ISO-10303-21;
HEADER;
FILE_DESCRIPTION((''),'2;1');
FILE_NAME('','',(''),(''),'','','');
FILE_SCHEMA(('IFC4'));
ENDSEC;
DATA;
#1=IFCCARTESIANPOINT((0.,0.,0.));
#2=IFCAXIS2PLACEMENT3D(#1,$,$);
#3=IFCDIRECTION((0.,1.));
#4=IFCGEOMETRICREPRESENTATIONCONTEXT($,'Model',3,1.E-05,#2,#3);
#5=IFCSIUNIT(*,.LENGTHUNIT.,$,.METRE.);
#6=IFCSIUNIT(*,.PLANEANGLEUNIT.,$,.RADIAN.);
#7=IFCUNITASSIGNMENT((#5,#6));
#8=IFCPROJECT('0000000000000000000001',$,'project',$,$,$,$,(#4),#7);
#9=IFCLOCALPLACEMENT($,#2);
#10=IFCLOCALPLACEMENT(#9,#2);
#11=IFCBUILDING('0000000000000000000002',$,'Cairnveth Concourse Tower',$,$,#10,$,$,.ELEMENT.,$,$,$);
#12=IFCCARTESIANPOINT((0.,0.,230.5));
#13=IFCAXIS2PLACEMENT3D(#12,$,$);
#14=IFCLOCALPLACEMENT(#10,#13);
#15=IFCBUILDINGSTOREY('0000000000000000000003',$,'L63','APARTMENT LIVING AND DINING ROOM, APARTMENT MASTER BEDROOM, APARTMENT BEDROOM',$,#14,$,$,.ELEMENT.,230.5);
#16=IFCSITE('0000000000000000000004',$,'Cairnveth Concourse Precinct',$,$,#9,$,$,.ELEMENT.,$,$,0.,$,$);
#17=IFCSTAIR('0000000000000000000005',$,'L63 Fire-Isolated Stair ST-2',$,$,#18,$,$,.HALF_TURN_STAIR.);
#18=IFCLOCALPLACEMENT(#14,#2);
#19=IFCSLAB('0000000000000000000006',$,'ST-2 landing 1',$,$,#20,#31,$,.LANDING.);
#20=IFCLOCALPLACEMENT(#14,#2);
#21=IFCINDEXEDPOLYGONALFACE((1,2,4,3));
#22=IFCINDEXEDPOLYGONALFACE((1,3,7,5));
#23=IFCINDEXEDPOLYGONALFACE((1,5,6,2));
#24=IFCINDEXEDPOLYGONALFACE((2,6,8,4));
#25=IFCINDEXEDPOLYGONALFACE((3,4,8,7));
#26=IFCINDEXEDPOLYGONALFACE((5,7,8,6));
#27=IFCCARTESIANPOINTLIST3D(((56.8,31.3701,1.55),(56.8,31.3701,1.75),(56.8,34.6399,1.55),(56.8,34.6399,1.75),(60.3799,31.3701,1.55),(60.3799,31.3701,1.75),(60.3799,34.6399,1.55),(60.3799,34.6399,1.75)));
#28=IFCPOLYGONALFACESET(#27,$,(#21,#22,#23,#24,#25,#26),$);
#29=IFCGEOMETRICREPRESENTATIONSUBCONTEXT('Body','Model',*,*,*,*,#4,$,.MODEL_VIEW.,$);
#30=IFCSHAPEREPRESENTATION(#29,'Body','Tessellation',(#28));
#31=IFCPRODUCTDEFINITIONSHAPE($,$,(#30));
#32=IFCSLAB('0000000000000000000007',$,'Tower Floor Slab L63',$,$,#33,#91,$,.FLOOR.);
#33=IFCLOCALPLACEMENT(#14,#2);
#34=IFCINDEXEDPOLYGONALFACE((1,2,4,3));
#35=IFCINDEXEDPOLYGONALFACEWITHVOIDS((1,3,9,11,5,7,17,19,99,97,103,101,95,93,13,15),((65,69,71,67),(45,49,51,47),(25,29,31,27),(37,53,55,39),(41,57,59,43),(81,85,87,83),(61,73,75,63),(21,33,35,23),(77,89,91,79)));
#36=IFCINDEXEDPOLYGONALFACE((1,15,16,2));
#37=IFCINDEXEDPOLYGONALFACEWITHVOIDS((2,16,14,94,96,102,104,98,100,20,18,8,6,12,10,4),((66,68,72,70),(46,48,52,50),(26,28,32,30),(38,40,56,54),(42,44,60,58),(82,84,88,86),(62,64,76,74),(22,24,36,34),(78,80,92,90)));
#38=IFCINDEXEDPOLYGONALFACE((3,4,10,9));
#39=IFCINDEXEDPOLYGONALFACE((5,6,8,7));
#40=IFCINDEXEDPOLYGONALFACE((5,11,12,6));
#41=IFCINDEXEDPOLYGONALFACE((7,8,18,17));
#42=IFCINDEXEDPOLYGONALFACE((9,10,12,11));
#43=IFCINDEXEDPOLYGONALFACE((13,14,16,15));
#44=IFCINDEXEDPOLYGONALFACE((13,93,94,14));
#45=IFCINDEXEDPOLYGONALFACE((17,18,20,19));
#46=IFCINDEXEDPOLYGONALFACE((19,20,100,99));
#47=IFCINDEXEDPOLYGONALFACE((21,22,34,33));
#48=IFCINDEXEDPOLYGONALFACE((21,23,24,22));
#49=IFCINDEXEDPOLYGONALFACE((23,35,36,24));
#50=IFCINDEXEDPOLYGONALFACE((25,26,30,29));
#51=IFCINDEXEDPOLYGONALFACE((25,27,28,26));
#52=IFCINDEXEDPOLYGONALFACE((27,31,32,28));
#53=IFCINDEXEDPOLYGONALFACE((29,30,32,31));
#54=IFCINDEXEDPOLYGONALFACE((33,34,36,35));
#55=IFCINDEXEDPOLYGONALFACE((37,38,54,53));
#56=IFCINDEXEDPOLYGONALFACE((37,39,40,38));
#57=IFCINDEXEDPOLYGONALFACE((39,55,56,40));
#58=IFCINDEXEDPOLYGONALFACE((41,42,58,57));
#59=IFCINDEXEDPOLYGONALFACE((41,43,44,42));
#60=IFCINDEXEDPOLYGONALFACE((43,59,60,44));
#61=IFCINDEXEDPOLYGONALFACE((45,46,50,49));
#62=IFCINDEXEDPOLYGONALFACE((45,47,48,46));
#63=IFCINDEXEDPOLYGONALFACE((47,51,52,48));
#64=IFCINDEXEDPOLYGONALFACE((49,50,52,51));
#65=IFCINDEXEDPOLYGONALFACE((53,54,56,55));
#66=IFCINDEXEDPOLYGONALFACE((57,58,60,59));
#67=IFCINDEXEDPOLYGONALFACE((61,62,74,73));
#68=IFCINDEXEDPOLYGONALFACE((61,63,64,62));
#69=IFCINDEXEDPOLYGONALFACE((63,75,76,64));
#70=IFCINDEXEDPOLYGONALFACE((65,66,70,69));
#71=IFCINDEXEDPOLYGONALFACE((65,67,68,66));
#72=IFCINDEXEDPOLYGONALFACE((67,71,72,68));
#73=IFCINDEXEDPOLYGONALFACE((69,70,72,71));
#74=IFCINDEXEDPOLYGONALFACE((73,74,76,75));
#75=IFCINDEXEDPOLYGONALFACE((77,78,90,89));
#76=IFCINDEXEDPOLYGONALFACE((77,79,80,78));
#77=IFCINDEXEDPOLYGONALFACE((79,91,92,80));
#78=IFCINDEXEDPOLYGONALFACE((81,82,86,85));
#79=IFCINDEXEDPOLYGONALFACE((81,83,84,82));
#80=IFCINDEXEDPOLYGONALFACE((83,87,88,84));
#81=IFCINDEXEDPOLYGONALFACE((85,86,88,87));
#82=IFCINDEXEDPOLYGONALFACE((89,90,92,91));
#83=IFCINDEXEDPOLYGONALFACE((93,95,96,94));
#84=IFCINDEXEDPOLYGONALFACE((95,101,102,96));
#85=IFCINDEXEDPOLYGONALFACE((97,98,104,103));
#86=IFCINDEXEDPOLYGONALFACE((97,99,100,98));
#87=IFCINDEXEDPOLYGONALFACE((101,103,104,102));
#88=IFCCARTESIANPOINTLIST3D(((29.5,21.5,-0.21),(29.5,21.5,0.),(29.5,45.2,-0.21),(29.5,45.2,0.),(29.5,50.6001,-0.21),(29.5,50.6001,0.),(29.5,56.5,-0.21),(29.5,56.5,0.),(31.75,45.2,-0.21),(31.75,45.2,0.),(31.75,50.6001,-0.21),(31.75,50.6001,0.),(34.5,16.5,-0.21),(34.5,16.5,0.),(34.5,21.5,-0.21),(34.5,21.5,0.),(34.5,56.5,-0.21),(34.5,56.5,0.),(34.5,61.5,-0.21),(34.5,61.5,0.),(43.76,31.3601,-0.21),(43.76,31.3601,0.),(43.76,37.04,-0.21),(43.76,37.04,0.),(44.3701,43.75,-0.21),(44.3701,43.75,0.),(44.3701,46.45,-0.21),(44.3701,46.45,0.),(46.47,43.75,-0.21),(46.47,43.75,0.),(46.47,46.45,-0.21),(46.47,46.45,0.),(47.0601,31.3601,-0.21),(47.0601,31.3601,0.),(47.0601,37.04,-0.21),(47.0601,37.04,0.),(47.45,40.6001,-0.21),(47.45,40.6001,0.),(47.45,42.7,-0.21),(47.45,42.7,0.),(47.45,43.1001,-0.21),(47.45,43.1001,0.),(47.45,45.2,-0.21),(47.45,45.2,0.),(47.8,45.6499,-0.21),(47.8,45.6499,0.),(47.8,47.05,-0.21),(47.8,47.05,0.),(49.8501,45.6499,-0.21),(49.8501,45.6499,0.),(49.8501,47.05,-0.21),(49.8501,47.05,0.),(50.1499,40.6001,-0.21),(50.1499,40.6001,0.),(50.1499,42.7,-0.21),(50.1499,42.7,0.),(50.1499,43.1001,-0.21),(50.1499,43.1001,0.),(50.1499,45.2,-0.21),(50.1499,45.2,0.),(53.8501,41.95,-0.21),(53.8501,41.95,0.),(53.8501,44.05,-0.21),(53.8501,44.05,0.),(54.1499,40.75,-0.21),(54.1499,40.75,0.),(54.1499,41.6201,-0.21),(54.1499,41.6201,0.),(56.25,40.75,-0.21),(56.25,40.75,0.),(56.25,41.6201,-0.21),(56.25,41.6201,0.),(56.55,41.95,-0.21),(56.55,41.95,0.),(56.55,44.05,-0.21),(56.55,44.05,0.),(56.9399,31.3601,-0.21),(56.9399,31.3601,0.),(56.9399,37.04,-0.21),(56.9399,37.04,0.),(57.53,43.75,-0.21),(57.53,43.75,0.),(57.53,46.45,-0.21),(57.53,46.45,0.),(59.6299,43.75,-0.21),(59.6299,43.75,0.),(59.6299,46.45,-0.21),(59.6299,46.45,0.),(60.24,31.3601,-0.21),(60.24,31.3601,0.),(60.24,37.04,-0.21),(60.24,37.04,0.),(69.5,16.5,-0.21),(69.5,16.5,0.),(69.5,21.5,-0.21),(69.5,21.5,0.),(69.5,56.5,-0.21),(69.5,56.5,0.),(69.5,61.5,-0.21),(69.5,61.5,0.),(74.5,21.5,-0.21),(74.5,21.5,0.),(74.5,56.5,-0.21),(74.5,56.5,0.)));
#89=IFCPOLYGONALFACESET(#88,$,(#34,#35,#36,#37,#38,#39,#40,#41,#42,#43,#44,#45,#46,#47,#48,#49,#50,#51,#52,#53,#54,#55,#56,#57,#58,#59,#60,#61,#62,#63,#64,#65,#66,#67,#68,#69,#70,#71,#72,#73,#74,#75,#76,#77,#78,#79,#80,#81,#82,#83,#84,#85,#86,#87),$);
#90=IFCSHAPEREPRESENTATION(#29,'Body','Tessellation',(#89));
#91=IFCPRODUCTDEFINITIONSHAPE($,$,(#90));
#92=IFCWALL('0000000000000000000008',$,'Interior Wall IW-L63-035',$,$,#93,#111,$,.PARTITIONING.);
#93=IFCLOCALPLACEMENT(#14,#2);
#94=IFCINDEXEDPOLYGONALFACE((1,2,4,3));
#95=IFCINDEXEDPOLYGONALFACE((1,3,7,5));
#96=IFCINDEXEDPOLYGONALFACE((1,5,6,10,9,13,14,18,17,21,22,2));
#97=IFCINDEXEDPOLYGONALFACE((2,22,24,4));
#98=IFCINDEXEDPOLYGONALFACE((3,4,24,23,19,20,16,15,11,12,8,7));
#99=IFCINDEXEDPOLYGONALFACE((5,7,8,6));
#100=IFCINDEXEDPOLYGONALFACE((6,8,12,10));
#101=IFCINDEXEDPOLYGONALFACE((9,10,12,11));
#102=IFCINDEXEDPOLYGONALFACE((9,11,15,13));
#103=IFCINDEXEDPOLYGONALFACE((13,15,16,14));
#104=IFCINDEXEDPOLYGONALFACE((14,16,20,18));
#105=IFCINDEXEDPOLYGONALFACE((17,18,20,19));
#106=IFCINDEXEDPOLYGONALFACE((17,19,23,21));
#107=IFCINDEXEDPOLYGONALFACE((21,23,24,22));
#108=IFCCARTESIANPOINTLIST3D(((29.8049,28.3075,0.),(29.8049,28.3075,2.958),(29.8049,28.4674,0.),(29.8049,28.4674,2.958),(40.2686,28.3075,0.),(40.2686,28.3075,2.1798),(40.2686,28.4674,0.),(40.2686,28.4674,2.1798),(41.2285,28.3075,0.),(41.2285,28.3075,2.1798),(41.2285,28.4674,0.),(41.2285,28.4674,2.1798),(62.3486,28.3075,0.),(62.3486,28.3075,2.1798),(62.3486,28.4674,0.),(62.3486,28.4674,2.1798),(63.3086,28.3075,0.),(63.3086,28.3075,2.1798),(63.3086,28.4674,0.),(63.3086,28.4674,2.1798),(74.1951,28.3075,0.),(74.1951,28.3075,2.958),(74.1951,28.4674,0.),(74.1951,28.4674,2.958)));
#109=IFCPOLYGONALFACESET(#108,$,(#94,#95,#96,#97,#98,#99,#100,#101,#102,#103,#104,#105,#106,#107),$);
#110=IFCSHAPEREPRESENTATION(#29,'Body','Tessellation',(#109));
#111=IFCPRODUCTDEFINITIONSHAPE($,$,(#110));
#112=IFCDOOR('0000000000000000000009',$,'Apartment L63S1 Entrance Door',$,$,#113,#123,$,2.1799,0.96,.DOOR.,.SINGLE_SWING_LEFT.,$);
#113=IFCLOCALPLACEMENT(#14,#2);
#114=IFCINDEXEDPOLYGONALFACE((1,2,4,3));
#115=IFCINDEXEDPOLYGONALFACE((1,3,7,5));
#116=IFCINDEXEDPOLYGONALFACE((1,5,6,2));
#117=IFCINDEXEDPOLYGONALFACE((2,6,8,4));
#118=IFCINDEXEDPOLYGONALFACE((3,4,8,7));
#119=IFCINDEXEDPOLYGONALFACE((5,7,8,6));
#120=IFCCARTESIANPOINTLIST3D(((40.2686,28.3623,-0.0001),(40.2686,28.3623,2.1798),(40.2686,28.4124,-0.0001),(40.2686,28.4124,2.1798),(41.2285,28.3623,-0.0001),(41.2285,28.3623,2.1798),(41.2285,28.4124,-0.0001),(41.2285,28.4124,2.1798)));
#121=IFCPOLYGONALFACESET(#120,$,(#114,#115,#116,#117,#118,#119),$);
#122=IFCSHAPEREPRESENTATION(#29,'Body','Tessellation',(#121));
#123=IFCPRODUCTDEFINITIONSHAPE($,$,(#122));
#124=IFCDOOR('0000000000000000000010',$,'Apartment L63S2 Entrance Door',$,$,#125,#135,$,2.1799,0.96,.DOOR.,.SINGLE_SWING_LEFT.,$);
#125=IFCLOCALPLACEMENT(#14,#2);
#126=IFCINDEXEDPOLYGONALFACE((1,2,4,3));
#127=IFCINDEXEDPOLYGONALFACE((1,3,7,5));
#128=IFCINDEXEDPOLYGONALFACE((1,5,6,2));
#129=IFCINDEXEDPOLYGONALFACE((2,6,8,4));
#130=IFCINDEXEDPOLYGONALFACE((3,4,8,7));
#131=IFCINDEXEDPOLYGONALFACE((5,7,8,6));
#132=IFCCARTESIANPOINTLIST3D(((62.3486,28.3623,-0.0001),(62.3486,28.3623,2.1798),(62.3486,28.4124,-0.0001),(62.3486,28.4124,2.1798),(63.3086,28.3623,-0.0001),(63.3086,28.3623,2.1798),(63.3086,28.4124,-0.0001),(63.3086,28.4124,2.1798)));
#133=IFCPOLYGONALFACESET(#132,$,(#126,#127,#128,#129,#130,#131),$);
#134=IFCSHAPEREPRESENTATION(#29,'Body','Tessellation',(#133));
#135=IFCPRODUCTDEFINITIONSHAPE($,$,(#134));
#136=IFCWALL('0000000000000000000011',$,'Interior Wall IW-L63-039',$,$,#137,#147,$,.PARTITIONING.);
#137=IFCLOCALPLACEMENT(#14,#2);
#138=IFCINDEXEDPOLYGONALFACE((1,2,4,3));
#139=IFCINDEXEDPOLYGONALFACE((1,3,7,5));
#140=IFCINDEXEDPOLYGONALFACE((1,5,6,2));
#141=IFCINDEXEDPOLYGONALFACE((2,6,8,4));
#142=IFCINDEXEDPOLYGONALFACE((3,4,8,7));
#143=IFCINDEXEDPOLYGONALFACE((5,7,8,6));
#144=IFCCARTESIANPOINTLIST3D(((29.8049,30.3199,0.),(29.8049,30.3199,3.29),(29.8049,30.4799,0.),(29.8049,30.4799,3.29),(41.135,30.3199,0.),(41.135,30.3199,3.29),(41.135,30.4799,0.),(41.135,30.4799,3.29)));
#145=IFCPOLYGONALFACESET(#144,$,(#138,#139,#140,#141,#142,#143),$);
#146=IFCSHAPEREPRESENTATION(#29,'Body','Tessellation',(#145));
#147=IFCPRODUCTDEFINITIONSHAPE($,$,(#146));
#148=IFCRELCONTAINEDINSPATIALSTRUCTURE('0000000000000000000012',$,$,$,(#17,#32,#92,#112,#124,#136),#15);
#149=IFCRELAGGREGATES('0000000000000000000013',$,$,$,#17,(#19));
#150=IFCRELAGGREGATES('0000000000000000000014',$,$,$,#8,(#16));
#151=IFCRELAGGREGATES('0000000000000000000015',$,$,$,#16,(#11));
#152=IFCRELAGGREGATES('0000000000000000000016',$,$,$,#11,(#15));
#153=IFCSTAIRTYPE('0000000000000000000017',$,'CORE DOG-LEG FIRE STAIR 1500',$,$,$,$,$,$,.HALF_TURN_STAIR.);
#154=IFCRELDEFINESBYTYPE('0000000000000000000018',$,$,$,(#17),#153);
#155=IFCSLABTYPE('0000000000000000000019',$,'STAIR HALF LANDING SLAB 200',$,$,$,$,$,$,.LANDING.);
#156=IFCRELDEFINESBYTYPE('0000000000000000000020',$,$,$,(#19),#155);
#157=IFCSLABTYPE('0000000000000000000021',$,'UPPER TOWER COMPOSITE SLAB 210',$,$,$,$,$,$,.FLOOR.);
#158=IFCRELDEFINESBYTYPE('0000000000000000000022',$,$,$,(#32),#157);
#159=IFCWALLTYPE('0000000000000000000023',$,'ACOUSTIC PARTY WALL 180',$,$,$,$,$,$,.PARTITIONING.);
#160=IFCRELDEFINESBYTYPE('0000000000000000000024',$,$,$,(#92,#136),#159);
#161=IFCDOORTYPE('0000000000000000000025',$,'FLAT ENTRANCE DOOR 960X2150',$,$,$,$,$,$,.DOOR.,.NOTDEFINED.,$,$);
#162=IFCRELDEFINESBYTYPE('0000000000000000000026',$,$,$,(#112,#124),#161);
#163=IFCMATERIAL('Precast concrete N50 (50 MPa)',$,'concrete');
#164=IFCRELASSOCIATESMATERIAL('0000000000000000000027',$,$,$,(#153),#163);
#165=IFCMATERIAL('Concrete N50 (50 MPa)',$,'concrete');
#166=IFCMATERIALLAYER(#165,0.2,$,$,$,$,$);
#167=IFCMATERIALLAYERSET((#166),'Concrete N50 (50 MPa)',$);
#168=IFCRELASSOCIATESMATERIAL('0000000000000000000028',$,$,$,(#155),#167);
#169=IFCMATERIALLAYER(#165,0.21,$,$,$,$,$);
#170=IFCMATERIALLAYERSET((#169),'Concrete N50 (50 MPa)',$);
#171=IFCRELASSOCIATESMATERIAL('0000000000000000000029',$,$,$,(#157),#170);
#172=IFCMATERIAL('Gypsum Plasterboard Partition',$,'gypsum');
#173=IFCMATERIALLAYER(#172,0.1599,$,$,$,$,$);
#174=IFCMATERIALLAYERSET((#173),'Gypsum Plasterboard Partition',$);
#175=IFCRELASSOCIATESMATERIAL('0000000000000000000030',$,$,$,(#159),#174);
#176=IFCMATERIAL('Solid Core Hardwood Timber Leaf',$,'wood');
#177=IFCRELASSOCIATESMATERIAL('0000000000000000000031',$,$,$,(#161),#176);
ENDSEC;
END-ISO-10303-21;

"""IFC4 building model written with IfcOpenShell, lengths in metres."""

from ifc_helpers import new_model, si_unit, direction, frame, frame_2d, origin, place, context, subcontext, project, spatial, polyline, rectangle, outline, extrude, material, layer, layer_set, type_object, element, fill, aggregate, save


model = new_model("IFC4")

# Units and contexts
model_context = context("Model", 3, precision=1e-05, world=origin(), true_north=direction((0.0, 1.0)))
body_context = subcontext(model_context, "Body", "Model", "MODEL_VIEW")
ifc_project = project(units=[si_unit("LENGTHUNIT", "METRE"), si_unit("PLANEANGLEUNIT", "RADIAN")], contexts=[model_context])

# Site, building, storey
site_placement = place(None, origin())
site = spatial("IfcSite", under=ifc_project, at=site_placement, Name="Cairnveth Concourse Precinct", CompositionType="ELEMENT", RefElevation=0.0)
building_placement = place(site_placement, origin())
building = spatial("IfcBuilding", under=site, at=building_placement, Name="Cairnveth Concourse Tower", CompositionType="ELEMENT")
storey_placement = place(building_placement, frame((0.0, 0.0, 230.5)))
storey = spatial("IfcBuildingStorey", under=building, at=storey_placement, Name="L63", Description="APARTMENT LIVING AND DINING ROOM, APARTMENT MASTER BEDROOM, APARTMENT BEDROOM", CompositionType="ELEMENT", Elevation=230.5)

# Shared definitions
ifc_material_1 = material(Name="Concrete N50 (50 MPa)", Category="concrete")

# Stair, slab
ifc_material_2 = material(Name="Precast concrete N50 (50 MPa)", Category="concrete")
stair_type = type_object("IfcStairType", Name="CORE DOG-LEG FIRE STAIR 1500", PredefinedType="HALF_TURN_STAIR", material=ifc_material_2)
ifc_layer_1 = layer(ifc_material_1, 0.2)
ifc_layer_set_1 = layer_set([ifc_layer_1], Name="Concrete N50 (50 MPa)")
slab_type_1 = type_object("IfcSlabType", Name="STAIR HALF LANDING SLAB 200", PredefinedType="LANDING", material=ifc_layer_set_1)
stair_1_placement = place(storey_placement, origin())
stair_1 = element("IfcStair", 1, at=stair_1_placement, inside=storey, type_object=stair_type, Name="L63 Fire-Isolated Stair ST-2", PredefinedType="HALF_TURN_STAIR")
slab_1_placement = place(storey_placement, frame((0.0, 0.0, 1.55)))
slab_1 = element("IfcSlab", 2, at=slab_1_placement, type_object=slab_type_1, Name="ST-2 landing 1", PredefinedType="LANDING", context=body_context, shape_type="SweptSolid", body=[
    extrude(outline(polyline([(56.8, 34.6399), (56.8, 31.3701), (60.3799, 31.3701), (60.3799, 34.6399), (56.8, 34.6399)])), origin(), (0.0, 0.0, 1.0), 0.2),
])
aggregate(stair_1, [slab_1])

# Slab
ifc_layer_2 = layer(ifc_material_1, 0.21)
ifc_layer_set_2 = layer_set([ifc_layer_2], Name="Concrete N50 (50 MPa)")
slab_type_2 = type_object("IfcSlabType", Name="UPPER TOWER COMPOSITE SLAB 210", PredefinedType="FLOOR", material=ifc_layer_set_2)
slab_2_placement = place(storey_placement, frame((0.0, 0.0, -0.21)))
element("IfcSlab", 3, at=slab_2_placement, inside=storey, type_object=slab_type_2, Name="Tower Floor Slab L63", PredefinedType="FLOOR", context=body_context, shape_type="SweptSolid", body=[
    extrude(outline(polyline([(29.5, 50.6001), (31.75, 50.6001), (31.75, 45.2), (29.5, 45.2), (29.5, 21.5), (34.5, 21.5), (34.5, 16.5), (69.5, 16.5), (69.5, 21.5), (74.5, 21.5), (74.5, 56.5), (69.5, 56.5), (69.5, 61.5), (34.5, 61.5), (34.5, 56.5), (29.5, 56.5), (29.5, 50.6001)]), holes=[polyline([(43.76, 31.3601), (47.0601, 31.3601), (47.0601, 37.04), (43.76, 37.04), (43.76, 31.3601)]), polyline([(56.9399, 31.3601), (60.24, 31.3601), (60.24, 37.04), (56.9399, 37.04), (56.9399, 31.3601)]), polyline([(44.3701, 43.75), (46.47, 43.75), (46.47, 46.45), (44.3701, 46.45), (44.3701, 43.75)]), polyline([(57.53, 43.75), (59.6299, 43.75), (59.6299, 46.45), (57.53, 46.45), (57.53, 43.75)]), polyline([(47.45, 40.6001), (50.1499, 40.6001), (50.1499, 42.7), (47.45, 42.7), (47.45, 40.6001)]), polyline([(47.45, 43.1001), (50.1499, 43.1001), (50.1499, 45.2), (47.45, 45.2), (47.45, 43.1001)]), polyline([(53.8501, 41.95), (56.55, 41.95), (56.55, 44.05), (53.8501, 44.05), (53.8501, 41.95)]), polyline([(47.8, 45.6499), (49.8501, 45.6499), (49.8501, 47.05), (47.8, 47.05), (47.8, 45.6499)]), polyline([(54.1499, 40.75), (56.25, 40.75), (56.25, 41.6201), (54.1499, 41.6201), (54.1499, 40.75)])]), origin(), (0.0, 0.0, 1.0), 0.21),
])

# Wall, openings, doors
ifc_material_3 = material(Name="Gypsum Plasterboard Partition", Category="gypsum")
ifc_layer_3 = layer(ifc_material_3, 0.1599)
ifc_layer_set_3 = layer_set([ifc_layer_3], Name="Gypsum Plasterboard Partition")
wall_type_1 = type_object("IfcWallType", Name="ACOUSTIC PARTY WALL 180", PredefinedType="PARTITIONING", material=ifc_layer_set_3)
wall_1_placement = place(storey_placement, frame((29.8049, 28.3875, 0.0), z_axis=(0.0, 0.0, 1.0), x_axis=(1.0, 0.0, 0.0)))
wall_1 = element("IfcWall", 4, at=wall_1_placement, inside=storey, type_object=wall_type_1, Name="Interior Wall IW-L63-035", PredefinedType="PARTITIONING", context=body_context, shape_type="SweptSolid", body=[
    extrude(rectangle(XDim=44.3901, YDim=0.1599, at=frame_2d((22.1951, 0.0))), origin(), (0.0, 0.0, 1.0), 2.958),
])
opening_1_placement = place(wall_1_placement, frame((10.4636, 0.0, 0.0)))
opening_1 = element("IfcOpeningElement", 5, at=opening_1_placement, cuts=wall_1, PredefinedType="OPENING", context=body_context, shape_type="SweptSolid", body=[
    extrude(rectangle(XDim=0.96, YDim=2.1799, at=frame_2d((0.48, 1.0898))), frame((0.0, 0.0898, 0.0), z_axis=(0.0, -1.0, 0.0), x_axis=(1.0, 0.0, 0.0)), (0.0, 0.0, 1.0), 0.1799),
])
opening_2_placement = place(wall_1_placement, frame((32.5437, 0.0, 0.0)))
opening_2 = element("IfcOpeningElement", 6, at=opening_2_placement, cuts=wall_1, PredefinedType="OPENING", context=body_context, shape_type="SweptSolid", body=[
    extrude(rectangle(XDim=0.96, YDim=2.1799, at=frame_2d((0.48, 1.0898))), frame((0.0, 0.0898, 0.0), z_axis=(0.0, -1.0, 0.0), x_axis=(1.0, 0.0, 0.0)), (0.0, 0.0, 1.0), 0.1799),
])
ifc_material_4 = material(Name="Solid Core Hardwood Timber Leaf", Category="wood")
door_type = type_object("IfcDoorType", Name="FLAT ENTRANCE DOOR 960X2150", OperationType="NOTDEFINED", PredefinedType="DOOR", material=ifc_material_4)
door_1_placement = place(opening_1_placement, origin())
door_1 = element("IfcDoor", 7, at=door_1_placement, inside=storey, type_object=door_type, Name="Apartment L63S1 Entrance Door", OperationType="SINGLE_SWING_LEFT", OverallHeight=2.1799, OverallWidth=0.96, PredefinedType="DOOR", context=body_context, shape_type="SweptSolid", body=[
    extrude(rectangle(XDim=0.96, YDim=2.1799, at=frame_2d((0.48, 1.0898))), frame((0.0, 0.0249, 0.0), z_axis=(0.0, -1.0, 0.0), x_axis=(1.0, 0.0, 0.0)), (0.0, 0.0, 1.0), 0.05),
])
fill(opening_1, door_1)
door_2_placement = place(opening_2_placement, origin())
door_2 = element("IfcDoor", 8, at=door_2_placement, inside=storey, type_object=door_type, Name="Apartment L63S2 Entrance Door", OperationType="SINGLE_SWING_LEFT", OverallHeight=2.1799, OverallWidth=0.96, PredefinedType="DOOR", context=body_context, shape_type="SweptSolid", body=[
    extrude(rectangle(XDim=0.96, YDim=2.1799, at=frame_2d((0.48, 1.0898))), frame((0.0, 0.0249, 0.0), z_axis=(0.0, -1.0, 0.0), x_axis=(1.0, 0.0, 0.0)), (0.0, 0.0, 1.0), 0.05),
])
fill(opening_2, door_2)

# Wall
wall_2_placement = place(storey_placement, frame((29.8049, 30.3999, 0.0), z_axis=(0.0, 0.0, 1.0), x_axis=(1.0, 0.0, 0.0)))
element("IfcWall", 9, at=wall_2_placement, inside=storey, type_object=wall_type_1, Name="Interior Wall IW-L63-039", PredefinedType="PARTITIONING", context=body_context, shape_type="SweptSolid", body=[
    extrude(rectangle(XDim=11.3301, YDim=0.1599, at=frame_2d((5.665, 0.0))), origin(), (0.0, 0.0, 1.0), 3.29),
])

save(model, "model.ifc")
